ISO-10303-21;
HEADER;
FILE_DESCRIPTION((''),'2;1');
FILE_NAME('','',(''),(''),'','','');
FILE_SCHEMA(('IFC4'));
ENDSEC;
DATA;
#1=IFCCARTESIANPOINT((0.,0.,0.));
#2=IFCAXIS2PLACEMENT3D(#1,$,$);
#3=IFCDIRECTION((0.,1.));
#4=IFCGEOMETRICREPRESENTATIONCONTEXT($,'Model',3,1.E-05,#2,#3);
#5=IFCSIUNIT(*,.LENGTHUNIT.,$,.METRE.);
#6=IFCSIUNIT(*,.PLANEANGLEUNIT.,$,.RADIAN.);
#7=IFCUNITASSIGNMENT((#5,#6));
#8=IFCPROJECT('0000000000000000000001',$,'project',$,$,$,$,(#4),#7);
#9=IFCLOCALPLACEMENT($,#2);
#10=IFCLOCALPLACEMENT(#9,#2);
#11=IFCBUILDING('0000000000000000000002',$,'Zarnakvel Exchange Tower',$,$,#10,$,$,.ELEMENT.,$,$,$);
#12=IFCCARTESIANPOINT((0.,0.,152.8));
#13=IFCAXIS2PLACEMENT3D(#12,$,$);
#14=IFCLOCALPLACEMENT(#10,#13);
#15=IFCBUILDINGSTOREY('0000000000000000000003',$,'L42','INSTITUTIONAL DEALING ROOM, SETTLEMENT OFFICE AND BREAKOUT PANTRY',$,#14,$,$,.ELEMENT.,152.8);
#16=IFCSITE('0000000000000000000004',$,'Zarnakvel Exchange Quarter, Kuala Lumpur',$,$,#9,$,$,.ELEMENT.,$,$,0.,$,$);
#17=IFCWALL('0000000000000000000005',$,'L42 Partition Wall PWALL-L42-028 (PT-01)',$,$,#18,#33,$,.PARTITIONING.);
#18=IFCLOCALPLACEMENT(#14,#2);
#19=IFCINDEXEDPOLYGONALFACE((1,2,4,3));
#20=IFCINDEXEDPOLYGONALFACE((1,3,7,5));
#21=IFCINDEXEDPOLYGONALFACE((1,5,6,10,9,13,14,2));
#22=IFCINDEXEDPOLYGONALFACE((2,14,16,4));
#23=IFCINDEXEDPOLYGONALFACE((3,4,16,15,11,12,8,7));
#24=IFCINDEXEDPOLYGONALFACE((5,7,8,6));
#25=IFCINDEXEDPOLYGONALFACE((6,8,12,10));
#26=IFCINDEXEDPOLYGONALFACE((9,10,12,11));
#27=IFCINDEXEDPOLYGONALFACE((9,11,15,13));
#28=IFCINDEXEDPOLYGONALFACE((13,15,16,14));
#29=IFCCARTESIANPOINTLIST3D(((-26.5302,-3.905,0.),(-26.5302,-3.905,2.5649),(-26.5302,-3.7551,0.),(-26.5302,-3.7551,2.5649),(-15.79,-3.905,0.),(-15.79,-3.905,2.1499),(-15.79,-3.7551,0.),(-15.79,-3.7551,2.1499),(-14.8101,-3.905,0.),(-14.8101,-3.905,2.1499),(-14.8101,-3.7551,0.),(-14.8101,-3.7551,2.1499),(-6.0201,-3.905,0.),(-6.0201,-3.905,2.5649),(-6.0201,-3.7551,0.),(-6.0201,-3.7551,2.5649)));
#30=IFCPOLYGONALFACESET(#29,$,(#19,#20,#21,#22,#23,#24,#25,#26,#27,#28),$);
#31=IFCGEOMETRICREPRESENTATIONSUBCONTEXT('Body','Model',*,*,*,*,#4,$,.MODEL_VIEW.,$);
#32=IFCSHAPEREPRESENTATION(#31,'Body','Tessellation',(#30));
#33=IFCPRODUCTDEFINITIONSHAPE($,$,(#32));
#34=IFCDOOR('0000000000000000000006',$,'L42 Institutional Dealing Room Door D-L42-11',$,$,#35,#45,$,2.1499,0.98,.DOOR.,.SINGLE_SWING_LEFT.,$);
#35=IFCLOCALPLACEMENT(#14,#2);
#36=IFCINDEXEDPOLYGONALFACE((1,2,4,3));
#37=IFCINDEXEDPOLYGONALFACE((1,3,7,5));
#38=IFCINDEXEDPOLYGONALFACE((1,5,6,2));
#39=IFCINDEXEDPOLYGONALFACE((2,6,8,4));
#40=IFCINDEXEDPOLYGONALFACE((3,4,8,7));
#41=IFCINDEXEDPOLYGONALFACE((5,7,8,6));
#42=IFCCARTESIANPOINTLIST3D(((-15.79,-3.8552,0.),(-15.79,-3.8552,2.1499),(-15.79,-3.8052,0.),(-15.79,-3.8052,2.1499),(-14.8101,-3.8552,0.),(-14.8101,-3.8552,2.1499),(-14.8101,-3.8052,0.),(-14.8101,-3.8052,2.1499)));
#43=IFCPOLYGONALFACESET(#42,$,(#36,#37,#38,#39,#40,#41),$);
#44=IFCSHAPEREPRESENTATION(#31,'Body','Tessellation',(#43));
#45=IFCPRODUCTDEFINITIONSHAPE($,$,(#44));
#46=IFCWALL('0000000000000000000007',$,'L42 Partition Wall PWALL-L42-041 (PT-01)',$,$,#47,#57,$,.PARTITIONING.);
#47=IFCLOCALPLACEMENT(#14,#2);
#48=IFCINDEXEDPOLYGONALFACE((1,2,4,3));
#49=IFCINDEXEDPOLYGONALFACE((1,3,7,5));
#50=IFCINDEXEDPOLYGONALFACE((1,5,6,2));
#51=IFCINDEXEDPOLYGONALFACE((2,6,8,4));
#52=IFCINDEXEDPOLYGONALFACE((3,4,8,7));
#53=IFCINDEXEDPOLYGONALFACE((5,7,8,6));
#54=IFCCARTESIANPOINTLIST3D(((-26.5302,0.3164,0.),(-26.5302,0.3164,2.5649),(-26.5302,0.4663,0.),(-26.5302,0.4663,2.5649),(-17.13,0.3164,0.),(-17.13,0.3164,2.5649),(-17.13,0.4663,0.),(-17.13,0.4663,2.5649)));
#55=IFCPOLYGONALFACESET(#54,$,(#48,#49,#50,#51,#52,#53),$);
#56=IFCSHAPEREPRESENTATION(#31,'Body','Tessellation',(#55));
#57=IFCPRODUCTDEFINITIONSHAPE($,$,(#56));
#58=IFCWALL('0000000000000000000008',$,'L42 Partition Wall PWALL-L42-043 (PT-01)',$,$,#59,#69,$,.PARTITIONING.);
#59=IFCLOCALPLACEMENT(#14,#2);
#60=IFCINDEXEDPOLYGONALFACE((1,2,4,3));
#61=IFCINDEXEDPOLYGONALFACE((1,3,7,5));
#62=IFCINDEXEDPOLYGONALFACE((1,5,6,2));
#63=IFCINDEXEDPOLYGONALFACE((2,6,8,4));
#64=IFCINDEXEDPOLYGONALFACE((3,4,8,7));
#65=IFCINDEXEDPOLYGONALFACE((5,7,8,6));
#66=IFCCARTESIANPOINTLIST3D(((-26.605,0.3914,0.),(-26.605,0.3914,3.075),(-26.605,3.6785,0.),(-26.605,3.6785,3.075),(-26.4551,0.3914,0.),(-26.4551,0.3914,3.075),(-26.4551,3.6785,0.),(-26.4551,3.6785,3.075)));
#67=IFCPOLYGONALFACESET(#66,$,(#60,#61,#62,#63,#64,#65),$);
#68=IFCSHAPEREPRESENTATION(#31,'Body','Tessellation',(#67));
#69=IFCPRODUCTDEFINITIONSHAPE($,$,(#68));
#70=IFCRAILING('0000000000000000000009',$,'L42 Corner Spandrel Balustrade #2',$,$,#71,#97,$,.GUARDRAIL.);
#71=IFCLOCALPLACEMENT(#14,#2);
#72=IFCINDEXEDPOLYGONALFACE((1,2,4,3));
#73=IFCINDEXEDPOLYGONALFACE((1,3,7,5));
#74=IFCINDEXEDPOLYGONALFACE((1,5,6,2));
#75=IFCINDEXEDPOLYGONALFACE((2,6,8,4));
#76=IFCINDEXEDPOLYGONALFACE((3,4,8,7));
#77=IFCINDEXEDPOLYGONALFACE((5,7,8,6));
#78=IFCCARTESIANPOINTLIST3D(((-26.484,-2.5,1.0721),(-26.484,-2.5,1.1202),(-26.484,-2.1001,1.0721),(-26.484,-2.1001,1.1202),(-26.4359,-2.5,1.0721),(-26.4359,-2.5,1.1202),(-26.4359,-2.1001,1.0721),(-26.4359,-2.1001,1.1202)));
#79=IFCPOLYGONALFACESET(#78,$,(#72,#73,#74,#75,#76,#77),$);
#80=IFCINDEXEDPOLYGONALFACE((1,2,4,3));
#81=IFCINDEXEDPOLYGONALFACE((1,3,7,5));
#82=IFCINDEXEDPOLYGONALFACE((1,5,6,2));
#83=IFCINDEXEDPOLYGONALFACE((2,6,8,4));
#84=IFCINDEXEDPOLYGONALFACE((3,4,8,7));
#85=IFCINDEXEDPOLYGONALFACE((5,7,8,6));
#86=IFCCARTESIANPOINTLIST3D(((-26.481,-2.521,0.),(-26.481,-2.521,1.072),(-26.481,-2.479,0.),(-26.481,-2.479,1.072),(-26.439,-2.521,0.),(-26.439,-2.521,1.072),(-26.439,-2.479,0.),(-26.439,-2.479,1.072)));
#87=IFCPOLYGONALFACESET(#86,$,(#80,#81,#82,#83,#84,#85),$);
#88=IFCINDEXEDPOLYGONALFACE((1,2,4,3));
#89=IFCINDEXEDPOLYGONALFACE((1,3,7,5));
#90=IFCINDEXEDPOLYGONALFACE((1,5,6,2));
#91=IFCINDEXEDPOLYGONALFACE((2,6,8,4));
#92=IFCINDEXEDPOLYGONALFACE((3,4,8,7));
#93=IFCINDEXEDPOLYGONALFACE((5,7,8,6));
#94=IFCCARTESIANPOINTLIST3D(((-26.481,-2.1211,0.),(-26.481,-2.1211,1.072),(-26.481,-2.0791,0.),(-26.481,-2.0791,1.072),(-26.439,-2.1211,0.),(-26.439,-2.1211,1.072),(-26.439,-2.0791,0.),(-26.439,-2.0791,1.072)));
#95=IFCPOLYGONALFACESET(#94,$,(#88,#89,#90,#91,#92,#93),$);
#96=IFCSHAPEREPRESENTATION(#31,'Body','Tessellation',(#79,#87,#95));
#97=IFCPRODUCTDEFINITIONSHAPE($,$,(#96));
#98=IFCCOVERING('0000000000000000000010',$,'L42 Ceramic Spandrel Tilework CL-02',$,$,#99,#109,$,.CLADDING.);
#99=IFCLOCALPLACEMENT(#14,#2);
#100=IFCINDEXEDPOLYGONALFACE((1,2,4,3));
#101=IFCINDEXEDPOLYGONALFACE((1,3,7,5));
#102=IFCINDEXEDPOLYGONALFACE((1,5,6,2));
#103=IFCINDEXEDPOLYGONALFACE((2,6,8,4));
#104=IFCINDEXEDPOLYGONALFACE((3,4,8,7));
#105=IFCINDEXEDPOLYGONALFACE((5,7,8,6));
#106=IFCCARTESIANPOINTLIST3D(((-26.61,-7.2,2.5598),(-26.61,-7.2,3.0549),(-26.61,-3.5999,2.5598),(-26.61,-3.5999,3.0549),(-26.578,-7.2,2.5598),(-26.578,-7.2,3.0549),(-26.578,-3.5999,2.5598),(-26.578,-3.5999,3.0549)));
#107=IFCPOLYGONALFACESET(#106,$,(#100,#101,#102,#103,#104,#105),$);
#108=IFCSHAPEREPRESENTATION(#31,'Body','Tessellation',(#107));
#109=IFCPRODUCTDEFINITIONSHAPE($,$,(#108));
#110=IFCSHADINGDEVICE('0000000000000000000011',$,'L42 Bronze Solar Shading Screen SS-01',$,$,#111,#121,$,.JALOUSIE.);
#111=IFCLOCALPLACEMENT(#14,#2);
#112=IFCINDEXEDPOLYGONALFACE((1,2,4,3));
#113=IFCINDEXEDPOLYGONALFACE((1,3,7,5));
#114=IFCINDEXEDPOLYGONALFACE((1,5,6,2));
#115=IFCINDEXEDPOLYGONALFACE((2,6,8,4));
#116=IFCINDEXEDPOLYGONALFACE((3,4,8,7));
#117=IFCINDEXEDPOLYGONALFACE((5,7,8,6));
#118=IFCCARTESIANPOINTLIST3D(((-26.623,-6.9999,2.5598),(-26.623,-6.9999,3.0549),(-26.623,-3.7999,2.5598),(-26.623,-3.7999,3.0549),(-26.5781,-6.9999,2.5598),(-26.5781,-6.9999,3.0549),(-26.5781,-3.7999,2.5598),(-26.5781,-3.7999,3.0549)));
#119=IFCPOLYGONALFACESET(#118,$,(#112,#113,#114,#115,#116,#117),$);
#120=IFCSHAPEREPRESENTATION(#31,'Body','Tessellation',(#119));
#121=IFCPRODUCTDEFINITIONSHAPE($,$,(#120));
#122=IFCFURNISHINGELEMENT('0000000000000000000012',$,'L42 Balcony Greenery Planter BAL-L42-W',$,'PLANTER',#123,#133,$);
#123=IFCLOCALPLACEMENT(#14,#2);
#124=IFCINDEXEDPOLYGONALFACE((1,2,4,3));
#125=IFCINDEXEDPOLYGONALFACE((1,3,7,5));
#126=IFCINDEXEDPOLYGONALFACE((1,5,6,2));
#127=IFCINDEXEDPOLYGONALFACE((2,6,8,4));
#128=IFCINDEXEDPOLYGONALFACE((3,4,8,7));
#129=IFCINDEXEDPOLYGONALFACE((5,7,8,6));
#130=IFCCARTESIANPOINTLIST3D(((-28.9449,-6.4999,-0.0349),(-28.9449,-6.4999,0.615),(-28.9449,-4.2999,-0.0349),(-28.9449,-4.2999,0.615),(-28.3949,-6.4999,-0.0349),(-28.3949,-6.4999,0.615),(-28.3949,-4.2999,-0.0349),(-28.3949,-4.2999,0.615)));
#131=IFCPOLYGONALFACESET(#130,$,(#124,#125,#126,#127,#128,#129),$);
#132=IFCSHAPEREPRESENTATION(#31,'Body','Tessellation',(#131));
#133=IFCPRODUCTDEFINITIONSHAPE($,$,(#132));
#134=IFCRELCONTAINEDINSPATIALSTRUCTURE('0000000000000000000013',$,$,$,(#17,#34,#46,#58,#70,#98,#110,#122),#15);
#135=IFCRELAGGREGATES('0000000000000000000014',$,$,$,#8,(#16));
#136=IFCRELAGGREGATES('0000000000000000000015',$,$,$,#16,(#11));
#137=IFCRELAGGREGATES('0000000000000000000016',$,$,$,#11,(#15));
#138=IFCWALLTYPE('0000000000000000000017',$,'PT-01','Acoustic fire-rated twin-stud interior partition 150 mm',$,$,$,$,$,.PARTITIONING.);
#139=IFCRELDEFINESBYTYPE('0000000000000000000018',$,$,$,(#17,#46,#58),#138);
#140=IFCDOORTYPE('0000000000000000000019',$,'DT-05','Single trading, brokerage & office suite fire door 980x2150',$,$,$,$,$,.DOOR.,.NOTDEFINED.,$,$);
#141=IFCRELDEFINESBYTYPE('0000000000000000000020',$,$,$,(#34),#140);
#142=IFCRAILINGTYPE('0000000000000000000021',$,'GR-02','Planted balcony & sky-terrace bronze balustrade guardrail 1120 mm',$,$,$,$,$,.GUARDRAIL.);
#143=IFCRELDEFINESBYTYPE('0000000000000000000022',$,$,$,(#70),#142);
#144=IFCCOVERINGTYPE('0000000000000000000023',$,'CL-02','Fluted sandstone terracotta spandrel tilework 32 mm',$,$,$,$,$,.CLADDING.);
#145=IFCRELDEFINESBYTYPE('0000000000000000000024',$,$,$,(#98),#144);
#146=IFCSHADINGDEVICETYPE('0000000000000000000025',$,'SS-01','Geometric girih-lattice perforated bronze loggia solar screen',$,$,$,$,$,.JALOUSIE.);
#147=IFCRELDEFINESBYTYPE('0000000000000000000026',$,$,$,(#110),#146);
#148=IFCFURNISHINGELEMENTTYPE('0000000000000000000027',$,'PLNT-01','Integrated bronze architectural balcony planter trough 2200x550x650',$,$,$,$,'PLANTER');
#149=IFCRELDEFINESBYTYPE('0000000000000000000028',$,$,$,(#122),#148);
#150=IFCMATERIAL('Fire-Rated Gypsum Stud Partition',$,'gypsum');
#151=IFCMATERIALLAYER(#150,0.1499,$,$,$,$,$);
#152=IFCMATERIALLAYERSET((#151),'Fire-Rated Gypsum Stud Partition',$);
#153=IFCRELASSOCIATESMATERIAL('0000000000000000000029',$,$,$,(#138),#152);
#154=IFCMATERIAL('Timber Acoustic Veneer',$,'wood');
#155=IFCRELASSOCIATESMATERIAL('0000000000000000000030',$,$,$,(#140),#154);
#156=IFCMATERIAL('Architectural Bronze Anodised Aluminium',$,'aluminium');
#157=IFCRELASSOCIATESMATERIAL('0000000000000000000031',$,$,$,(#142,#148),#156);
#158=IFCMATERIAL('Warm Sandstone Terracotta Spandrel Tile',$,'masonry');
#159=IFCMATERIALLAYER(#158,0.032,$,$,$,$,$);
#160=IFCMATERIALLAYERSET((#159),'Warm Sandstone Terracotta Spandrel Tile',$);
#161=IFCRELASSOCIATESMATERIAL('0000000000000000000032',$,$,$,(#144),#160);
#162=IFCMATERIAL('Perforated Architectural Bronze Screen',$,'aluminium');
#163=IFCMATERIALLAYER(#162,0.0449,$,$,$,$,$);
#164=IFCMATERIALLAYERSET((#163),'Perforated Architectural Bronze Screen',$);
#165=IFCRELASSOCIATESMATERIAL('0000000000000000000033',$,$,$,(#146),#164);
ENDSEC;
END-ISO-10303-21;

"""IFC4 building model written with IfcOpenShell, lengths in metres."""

from ifc_helpers import new_model, si_unit, direction, frame, frame_2d, origin, origin_2d, place, context, subcontext, project, spatial, rectangle, extrude, source, transform, mapped, material, layer, layer_set, type_object, element, fill, save


model = new_model("IFC4")

# Units and contexts
model_context = context("Model", 3, precision=1e-05, world=origin(), true_north=direction((0.0, 1.0)))
body_context = subcontext(model_context, "Body", "Model", "MODEL_VIEW")
ifc_project = project(units=[si_unit("LENGTHUNIT", "METRE"), si_unit("PLANEANGLEUNIT", "RADIAN")], contexts=[model_context])

# Site, building, storey
site_placement = place(None, origin())
site = spatial("IfcSite", under=ifc_project, at=site_placement, Name="Zarnakvel Exchange Quarter, Kuala Lumpur", CompositionType="ELEMENT", RefElevation=0.0)
building_placement = place(site_placement, origin())
building = spatial("IfcBuilding", under=site, at=building_placement, Name="Zarnakvel Exchange Tower", CompositionType="ELEMENT")
storey_placement = place(building_placement, frame((0.0, 0.0, 152.8)))
storey = spatial("IfcBuildingStorey", under=building, at=storey_placement, Name="L42", Description="INSTITUTIONAL DEALING ROOM, SETTLEMENT OFFICE AND BREAKOUT PANTRY", CompositionType="ELEMENT", Elevation=152.8)

# Shared definitions
ifc_material_1 = material(Name="Architectural Bronze Anodised Aluminium", Category="aluminium")

# Wall, opening, door
ifc_material_2 = material(Name="Fire-Rated Gypsum Stud Partition", Category="gypsum")
ifc_layer_1 = layer(ifc_material_2, 0.1499)
ifc_layer_set_1 = layer_set([ifc_layer_1], Name="Fire-Rated Gypsum Stud Partition")
wall_type_1 = type_object("IfcWallType", Name="PT-01", Description="Acoustic fire-rated twin-stud interior partition 150 mm", PredefinedType="PARTITIONING", material=ifc_layer_set_1)
wall_1_placement = place(storey_placement, frame((-26.53, -3.8301, 0.0), z_axis=(0.0, 0.0, 1.0), x_axis=(1.0, 0.0, 0.0)))
wall_1 = element("IfcWall", 1, at=wall_1_placement, inside=storey, type_object=wall_type_1, Name="L42 Partition Wall PWALL-L42-028 (PT-01)", PredefinedType="PARTITIONING", context=body_context, shape_type="SweptSolid", body=[
    extrude(rectangle(XDim=20.51, YDim=0.1499, at=frame_2d((10.2549, 0.0))), origin(), (0.0, 0.0, 1.0), 2.5649),
])
opening_placement = place(wall_1_placement, frame((10.74, 0.0, 0.0)))
opening = element("IfcOpeningElement", 2, at=opening_placement, cuts=wall_1, PredefinedType="OPENING", context=body_context, shape_type="SweptSolid", body=[
    extrude(rectangle(XDim=0.98, YDim=2.1499, at=frame_2d((0.49, 1.075))), frame((0.0, 0.085, 0.0), z_axis=(0.0, -1.0, 0.0), x_axis=(1.0, 0.0, 0.0)), (0.0, 0.0, 1.0), 0.1699),
])
ifc_material_3 = material(Name="Timber Acoustic Veneer", Category="wood")
door_type = type_object("IfcDoorType", Name="DT-05", Description="Single trading, brokerage & office suite fire door 980x2150", OperationType="NOTDEFINED", PredefinedType="DOOR", material=ifc_material_3)
shared_shape_1 = source(origin(), body_context, "Body", "SweptSolid", [
    extrude(rectangle(XDim=0.98, YDim=2.1499, at=frame_2d((0.49, 1.075))), frame((0.0, 0.0249, 0.0), z_axis=(0.0, -1.0, 0.0), x_axis=(1.0, 0.0, 0.0)), (0.0, 0.0, 1.0), 0.05),
])
door_placement = place(opening_placement, origin())
door = element("IfcDoor", 3, at=door_placement, inside=storey, type_object=door_type, Name="L42 Institutional Dealing Room Door D-L42-11", OperationType="SINGLE_SWING_LEFT", OverallHeight=2.1499, OverallWidth=0.98, PredefinedType="DOOR", context=body_context, shape_type="MappedRepresentation", body=[
    mapped(shared_shape_1, transform((0.0, 0.0, 0.0), x_axis=(1.0, 0.0, 0.0), y_axis=(0.0, 1.0, 0.0), z_axis=(0.0, 0.0, 1.0), scale=1.0)),
])
fill(opening, door)

# Walls
wall_2_placement = place(storey_placement, frame((-17.1299, 0.3914, 0.0), z_axis=(0.0, 0.0, 1.0), x_axis=(-1.0, 0.0, 0.0)))
element("IfcWall", 4, at=wall_2_placement, inside=storey, type_object=wall_type_1, Name="L42 Partition Wall PWALL-L42-041 (PT-01)", PredefinedType="PARTITIONING", context=body_context, shape_type="SweptSolid", body=[
    extrude(rectangle(XDim=9.4001, YDim=0.1499, at=frame_2d((4.7002, 0.0))), origin(), (0.0, 0.0, 1.0), 2.5649),
])
wall_3_placement = place(storey_placement, frame((-26.53, 0.3914, 0.0), z_axis=(0.0, 0.0, 1.0), x_axis=(0.0, 1.0, 0.0)))
element("IfcWall", 5, at=wall_3_placement, inside=storey, type_object=wall_type_1, Name="L42 Partition Wall PWALL-L42-043 (PT-01)", PredefinedType="PARTITIONING", context=body_context, shape_type="SweptSolid", body=[
    extrude(rectangle(XDim=3.2871, YDim=0.1499, at=frame_2d((1.6436, 0.0))), origin(), (0.0, 0.0, 1.0), 3.075),
])

# Railing
railing_type = type_object("IfcRailingType", Name="GR-02", Description="Planted balcony & sky-terrace bronze balustrade guardrail 1120 mm", PredefinedType="GUARDRAIL", material=ifc_material_1)
railing_placement = place(storey_placement, frame((-26.46, -2.5, 0.0)))
element("IfcRailing", 6, at=railing_placement, inside=storey, type_object=railing_type, Name="L42 Corner Spandrel Balustrade #2", PredefinedType="GUARDRAIL", context=body_context, shape_type="SweptSolid", body=[
    extrude(rectangle(XDim=0.0481, YDim=0.0481, at=origin_2d()), frame((0.0, 0.0, 1.0962), z_axis=(0.0, 1.0, 0.0), x_axis=(-1.0, 0.0, 0.0)), (0.0, 0.0, 1.0), 0.3999),
    extrude(rectangle(XDim=0.042, YDim=0.042, at=origin_2d()), origin(), (0.0, 0.0, 1.0), 1.072),
    extrude(rectangle(XDim=0.042, YDim=0.042, at=origin_2d()), frame((0.0, 0.3999, 0.0)), (0.0, 0.0, 1.0), 1.072),
])

# Covering
ifc_material_4 = material(Name="Warm Sandstone Terracotta Spandrel Tile", Category="masonry")
ifc_layer_2 = layer(ifc_material_4, 0.032)
ifc_layer_set_2 = layer_set([ifc_layer_2], Name="Warm Sandstone Terracotta Spandrel Tile")
covering_type = type_object("IfcCoveringType", Name="CL-02", Description="Fluted sandstone terracotta spandrel tilework 32 mm", PredefinedType="CLADDING", material=ifc_layer_set_2)
shared_shape_2 = source(origin(), body_context, "Body", "SweptSolid", [
    extrude(rectangle(XDim=3.6001, YDim=0.032, at=origin_2d()), origin(), (0.0, 0.0, 1.0), 0.4951),
])
covering_placement = place(storey_placement, frame((-26.594, -5.3999, 2.5598), z_axis=(0.0, 0.0, 1.0), x_axis=(0.0, 1.0, 0.0)))
element("IfcCovering", 7, at=covering_placement, inside=storey, type_object=covering_type, Name="L42 Ceramic Spandrel Tilework CL-02", PredefinedType="CLADDING", context=body_context, shape_type="MappedRepresentation", body=[
    mapped(shared_shape_2, transform((0.0, 0.0, 0.0), x_axis=(1.0, 0.0, 0.0), y_axis=(0.0, 1.0, 0.0), z_axis=(0.0, 0.0, 1.0), scale=1.0)),
])

# Shading device
ifc_material_5 = material(Name="Perforated Architectural Bronze Screen", Category="aluminium")
ifc_layer_3 = layer(ifc_material_5, 0.0449)
ifc_layer_set_3 = layer_set([ifc_layer_3], Name="Perforated Architectural Bronze Screen")
shading_device_type = type_object("IfcShadingDeviceType", Name="SS-01", Description="Geometric girih-lattice perforated bronze loggia solar screen", PredefinedType="JALOUSIE", material=ifc_layer_set_3)
shared_shape_3 = source(origin(), body_context, "Body", "SweptSolid", [
    extrude(rectangle(XDim=3.2, YDim=0.0449, at=origin_2d()), origin(), (0.0, 0.0, 1.0), 0.4951),
])
shading_device_placement = place(storey_placement, frame((-26.6006, -5.3999, 2.5598), z_axis=(0.0, 0.0, 1.0), x_axis=(0.0, 1.0, 0.0)))
element("IfcShadingDevice", 8, at=shading_device_placement, inside=storey, type_object=shading_device_type, Name="L42 Bronze Solar Shading Screen SS-01", PredefinedType="JALOUSIE", context=body_context, shape_type="MappedRepresentation", body=[
    mapped(shared_shape_3, transform((0.0, 0.0, 0.0), x_axis=(1.0, 0.0, 0.0), y_axis=(0.0, 1.0, 0.0), z_axis=(0.0, 0.0, 1.0), scale=1.0)),
])

# Furnishing element
furnishing_element_type = type_object("IfcFurnishingElementType", Name="PLNT-01", Description="Integrated bronze architectural balcony planter trough 2200x550x650", ElementType="PLANTER", material=ifc_material_1)
shared_shape_4 = source(origin(), body_context, "Body", "SweptSolid", [
    extrude(rectangle(XDim=2.2, YDim=0.55, at=origin_2d()), origin(), (0.0, 0.0, 1.0), 0.6499),
])
furnishing_placement = place(storey_placement, frame((-28.6699, -5.3999, -0.0349), z_axis=(0.0, 0.0, 1.0), x_axis=(0.0, 1.0, 0.0)))
element("IfcFurnishingElement", 9, at=furnishing_placement, inside=storey, type_object=furnishing_element_type, Name="L42 Balcony Greenery Planter BAL-L42-W", ObjectType="PLANTER", context=body_context, shape_type="MappedRepresentation", body=[
    mapped(shared_shape_4, transform((0.0, 0.0, 0.0), x_axis=(1.0, 0.0, 0.0), y_axis=(0.0, 1.0, 0.0), z_axis=(0.0, 0.0, 1.0), scale=1.0)),
])

save(model, "model.ifc")
